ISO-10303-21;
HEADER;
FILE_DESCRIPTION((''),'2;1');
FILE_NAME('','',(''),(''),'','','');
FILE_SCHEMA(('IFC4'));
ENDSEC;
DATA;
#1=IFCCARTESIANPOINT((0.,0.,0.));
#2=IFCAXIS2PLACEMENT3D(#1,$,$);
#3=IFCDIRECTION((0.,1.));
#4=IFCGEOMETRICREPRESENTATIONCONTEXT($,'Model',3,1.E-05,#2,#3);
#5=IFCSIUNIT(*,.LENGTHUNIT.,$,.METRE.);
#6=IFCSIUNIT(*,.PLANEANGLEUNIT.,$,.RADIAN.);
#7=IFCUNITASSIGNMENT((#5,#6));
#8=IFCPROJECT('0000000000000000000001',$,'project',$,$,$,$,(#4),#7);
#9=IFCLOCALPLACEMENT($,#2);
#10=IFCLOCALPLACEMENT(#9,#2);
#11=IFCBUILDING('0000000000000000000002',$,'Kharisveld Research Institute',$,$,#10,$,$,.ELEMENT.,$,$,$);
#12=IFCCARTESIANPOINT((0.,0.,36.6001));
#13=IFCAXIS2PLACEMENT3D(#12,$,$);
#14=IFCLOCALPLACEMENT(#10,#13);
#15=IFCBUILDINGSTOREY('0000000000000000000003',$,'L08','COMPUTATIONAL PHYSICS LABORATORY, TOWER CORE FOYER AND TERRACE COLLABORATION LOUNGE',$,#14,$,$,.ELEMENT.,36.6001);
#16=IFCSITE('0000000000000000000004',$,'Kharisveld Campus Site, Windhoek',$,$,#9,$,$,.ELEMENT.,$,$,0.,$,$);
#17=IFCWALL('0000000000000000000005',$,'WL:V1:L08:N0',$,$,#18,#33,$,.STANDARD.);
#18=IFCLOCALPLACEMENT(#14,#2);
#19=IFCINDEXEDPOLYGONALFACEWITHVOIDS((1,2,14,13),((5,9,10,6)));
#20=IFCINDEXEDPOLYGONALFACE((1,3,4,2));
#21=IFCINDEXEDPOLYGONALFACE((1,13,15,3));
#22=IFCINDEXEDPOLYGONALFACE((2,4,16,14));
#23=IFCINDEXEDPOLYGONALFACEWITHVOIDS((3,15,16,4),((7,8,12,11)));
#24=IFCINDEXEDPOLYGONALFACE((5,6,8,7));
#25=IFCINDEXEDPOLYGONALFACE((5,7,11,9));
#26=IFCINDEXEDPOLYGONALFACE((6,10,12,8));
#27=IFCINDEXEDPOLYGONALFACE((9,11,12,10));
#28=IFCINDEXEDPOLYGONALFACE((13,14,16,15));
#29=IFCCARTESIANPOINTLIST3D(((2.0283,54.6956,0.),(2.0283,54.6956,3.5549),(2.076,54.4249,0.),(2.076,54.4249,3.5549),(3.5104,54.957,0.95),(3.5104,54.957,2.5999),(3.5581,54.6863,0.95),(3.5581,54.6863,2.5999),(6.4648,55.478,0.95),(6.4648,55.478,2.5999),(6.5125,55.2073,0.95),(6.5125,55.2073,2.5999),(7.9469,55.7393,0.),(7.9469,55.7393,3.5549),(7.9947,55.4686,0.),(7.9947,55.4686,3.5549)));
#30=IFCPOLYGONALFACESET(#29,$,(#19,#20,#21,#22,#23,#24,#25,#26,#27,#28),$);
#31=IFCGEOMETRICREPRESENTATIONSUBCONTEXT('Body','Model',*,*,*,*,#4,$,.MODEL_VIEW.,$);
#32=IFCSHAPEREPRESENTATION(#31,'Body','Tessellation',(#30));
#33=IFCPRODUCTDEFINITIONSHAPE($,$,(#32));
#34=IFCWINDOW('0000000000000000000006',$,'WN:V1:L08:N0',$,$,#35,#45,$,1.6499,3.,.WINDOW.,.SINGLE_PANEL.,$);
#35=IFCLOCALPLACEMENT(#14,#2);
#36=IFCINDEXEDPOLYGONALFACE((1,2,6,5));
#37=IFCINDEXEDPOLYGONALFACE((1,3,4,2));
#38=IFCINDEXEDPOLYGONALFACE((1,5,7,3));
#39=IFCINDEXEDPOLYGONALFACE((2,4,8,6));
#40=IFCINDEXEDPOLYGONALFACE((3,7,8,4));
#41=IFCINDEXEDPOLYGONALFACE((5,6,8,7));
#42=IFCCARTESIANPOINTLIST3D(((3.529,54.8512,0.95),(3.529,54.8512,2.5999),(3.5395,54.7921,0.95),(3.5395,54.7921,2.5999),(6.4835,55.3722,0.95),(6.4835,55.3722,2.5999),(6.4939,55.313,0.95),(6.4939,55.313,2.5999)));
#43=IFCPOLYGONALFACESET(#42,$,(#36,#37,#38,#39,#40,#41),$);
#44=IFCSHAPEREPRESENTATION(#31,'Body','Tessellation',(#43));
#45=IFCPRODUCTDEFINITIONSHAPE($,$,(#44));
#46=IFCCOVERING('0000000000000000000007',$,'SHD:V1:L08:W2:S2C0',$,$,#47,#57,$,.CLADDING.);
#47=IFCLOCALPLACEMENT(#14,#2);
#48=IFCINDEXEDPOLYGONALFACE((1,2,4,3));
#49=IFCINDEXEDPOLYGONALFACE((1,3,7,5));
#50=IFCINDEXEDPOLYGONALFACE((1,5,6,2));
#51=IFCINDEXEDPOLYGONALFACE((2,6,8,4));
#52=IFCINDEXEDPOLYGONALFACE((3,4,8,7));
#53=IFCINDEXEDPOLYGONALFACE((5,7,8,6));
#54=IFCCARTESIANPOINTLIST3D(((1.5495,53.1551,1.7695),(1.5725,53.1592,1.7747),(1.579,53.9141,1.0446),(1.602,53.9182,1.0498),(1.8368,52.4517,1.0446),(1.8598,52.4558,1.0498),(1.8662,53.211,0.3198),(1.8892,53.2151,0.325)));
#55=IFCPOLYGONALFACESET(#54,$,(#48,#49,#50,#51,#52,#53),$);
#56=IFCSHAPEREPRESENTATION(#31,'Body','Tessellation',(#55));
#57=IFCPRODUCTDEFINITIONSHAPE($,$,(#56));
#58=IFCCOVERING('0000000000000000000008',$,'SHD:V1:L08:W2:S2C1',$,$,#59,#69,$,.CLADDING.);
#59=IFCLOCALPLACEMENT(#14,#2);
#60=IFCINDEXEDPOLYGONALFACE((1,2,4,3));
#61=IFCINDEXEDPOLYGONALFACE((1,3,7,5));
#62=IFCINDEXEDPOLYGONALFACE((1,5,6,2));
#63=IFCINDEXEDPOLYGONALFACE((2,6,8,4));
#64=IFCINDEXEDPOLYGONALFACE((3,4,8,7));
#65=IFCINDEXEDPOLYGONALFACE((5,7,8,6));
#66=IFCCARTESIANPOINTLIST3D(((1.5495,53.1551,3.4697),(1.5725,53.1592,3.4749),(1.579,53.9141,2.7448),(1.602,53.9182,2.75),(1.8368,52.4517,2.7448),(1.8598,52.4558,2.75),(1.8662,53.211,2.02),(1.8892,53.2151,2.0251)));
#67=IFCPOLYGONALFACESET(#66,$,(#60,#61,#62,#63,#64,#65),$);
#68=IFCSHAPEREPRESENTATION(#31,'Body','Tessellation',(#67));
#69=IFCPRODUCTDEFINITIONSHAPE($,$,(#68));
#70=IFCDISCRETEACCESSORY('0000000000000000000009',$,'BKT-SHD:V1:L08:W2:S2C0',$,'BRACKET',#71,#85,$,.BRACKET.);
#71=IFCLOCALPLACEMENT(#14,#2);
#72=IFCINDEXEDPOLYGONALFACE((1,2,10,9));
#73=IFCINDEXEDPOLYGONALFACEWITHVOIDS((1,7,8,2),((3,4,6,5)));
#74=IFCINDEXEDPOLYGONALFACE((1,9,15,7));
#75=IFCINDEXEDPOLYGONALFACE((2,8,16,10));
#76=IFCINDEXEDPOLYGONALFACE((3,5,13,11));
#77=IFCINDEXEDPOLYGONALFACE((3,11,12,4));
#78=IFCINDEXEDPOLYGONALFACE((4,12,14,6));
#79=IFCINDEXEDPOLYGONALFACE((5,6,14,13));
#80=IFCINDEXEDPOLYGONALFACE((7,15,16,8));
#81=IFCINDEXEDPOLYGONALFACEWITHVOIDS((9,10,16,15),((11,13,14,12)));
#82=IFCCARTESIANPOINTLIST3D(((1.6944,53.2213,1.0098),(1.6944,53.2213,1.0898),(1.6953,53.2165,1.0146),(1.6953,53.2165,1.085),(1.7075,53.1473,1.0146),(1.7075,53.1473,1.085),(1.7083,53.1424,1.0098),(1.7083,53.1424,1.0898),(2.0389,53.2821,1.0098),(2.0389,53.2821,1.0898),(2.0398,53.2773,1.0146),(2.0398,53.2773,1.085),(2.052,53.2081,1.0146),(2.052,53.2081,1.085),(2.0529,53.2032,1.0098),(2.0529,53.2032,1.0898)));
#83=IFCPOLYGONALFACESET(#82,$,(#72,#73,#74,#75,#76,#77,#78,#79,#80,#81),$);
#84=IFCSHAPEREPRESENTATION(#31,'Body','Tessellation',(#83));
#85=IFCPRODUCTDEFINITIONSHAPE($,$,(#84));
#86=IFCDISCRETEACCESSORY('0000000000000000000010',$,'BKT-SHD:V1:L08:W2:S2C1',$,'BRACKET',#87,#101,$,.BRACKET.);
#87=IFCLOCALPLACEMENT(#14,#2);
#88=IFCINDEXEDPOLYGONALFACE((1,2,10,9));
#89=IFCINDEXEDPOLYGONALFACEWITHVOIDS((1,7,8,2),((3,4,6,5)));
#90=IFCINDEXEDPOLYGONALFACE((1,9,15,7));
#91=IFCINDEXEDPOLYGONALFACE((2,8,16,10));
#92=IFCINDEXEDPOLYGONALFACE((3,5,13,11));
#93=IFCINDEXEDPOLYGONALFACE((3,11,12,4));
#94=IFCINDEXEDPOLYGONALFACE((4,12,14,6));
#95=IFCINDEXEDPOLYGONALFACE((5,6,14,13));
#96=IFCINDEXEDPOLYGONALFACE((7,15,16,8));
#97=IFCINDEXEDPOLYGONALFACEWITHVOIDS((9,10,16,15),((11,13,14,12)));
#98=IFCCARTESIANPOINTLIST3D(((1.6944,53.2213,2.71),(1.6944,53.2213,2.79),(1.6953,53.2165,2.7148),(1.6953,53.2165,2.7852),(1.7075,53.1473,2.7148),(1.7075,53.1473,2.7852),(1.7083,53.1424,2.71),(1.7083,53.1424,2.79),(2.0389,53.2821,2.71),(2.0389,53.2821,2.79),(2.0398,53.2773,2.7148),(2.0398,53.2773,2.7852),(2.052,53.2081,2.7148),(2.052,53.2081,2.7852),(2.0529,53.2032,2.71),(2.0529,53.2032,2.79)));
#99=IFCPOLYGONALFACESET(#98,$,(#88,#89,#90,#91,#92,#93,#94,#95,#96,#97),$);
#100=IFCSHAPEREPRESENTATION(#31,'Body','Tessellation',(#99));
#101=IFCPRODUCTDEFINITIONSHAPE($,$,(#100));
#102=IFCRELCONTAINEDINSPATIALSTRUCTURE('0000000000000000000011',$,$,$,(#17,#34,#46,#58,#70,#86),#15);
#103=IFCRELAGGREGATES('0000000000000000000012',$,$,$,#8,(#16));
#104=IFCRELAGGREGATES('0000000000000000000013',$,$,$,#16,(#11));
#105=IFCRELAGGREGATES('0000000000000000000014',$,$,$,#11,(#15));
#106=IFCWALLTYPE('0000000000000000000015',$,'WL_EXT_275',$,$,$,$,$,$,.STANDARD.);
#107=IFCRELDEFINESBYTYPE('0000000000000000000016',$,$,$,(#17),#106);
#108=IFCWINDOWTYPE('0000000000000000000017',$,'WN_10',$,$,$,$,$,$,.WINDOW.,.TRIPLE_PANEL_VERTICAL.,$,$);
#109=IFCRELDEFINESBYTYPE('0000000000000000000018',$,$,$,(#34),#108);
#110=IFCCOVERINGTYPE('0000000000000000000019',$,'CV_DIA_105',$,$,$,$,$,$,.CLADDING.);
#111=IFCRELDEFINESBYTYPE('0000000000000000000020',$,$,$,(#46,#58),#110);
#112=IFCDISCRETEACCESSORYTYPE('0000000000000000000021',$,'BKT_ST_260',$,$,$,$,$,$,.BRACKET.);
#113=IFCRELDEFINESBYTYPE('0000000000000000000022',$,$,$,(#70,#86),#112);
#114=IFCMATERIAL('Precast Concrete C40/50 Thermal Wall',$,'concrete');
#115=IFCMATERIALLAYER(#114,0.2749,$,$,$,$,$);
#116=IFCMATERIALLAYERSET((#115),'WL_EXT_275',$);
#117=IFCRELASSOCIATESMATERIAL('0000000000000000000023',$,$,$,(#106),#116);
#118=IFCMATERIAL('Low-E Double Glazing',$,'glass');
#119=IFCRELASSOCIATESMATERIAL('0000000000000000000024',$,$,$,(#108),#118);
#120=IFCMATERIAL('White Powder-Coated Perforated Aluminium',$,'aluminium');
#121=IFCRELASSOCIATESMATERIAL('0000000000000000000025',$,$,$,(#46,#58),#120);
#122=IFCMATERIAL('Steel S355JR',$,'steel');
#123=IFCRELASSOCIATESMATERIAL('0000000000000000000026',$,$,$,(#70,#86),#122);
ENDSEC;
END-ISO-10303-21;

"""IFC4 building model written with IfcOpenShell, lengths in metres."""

from ifc_helpers import new_model, si_unit, direction, frame, frame_2d, origin, origin_2d, place, context, subcontext, project, spatial, polyline, rectangle, hollow_rectangle, outline, extrude, material, layer, layer_set, type_object, element, fill, save


model = new_model("IFC4")

# Units and contexts
model_context = context("Model", 3, precision=1e-05, world=origin(), true_north=direction((0.0, 1.0)))
body_context = subcontext(model_context, "Body", "Model", "MODEL_VIEW")
ifc_project = project(units=[si_unit("LENGTHUNIT", "METRE"), si_unit("PLANEANGLEUNIT", "RADIAN")], contexts=[model_context])

# Site, building, storey
site_placement = place(None, origin())
site = spatial("IfcSite", under=ifc_project, at=site_placement, Name="Kharisveld Campus Site, Windhoek", CompositionType="ELEMENT", RefElevation=0.0)
building_placement = place(site_placement, origin())
building = spatial("IfcBuilding", under=site, at=building_placement, Name="Kharisveld Research Institute", CompositionType="ELEMENT")
storey_placement = place(building_placement, frame((0.0, 0.0, 36.6001)))
storey = spatial("IfcBuildingStorey", under=building, at=storey_placement, Name="L08", Description="COMPUTATIONAL PHYSICS LABORATORY, TOWER CORE FOYER AND TERRACE COLLABORATION LOUNGE", CompositionType="ELEMENT", Elevation=36.6001)

# Wall, opening, window
ifc_material_1 = material(Name="Precast Concrete C40/50 Thermal Wall", Category="concrete")
ifc_layer_1 = layer(ifc_material_1, 0.2749)
ifc_layer_set_1 = layer_set([ifc_layer_1], Name="WL_EXT_275")
wall_type = type_object("IfcWallType", Name="WL_EXT_275", PredefinedType="STANDARD", material=ifc_layer_set_1)
wall_placement = place(storey_placement, frame((2.0522, 54.5603, 0.0), z_axis=(0.0, 0.0, 1.0), x_axis=(0.984806, 0.17366, 0.0)))
wall = element("IfcWall", 1, at=wall_placement, inside=storey, type_object=wall_type, Name="WL:V1:L08:N0", PredefinedType="STANDARD", context=body_context, shape_type="SweptSolid", body=[
    extrude(rectangle(XDim=6.01, YDim=0.2749, at=frame_2d((3.0049, 0.0))), origin(), (0.0, 0.0, 1.0), 3.5549),
])
opening_placement = place(wall_placement, frame((1.5049, 0.0, 0.95)))
opening = element("IfcOpeningElement", 2, at=opening_placement, cuts=wall, PredefinedType="OPENING", context=body_context, shape_type="SweptSolid", body=[
    extrude(rectangle(XDim=3.0, YDim=1.6499, at=frame_2d((1.5, 0.825))), frame((0.0, 0.1375, 0.0), z_axis=(0.0, -1.0, 0.0), x_axis=(1.0, 0.0, 0.0)), (0.0, 0.0, 1.0), 0.2749),
])
ifc_material_2 = material(Name="Low-E Double Glazing", Category="glass")
window_type = type_object("IfcWindowType", Name="WN_10", PartitioningType="TRIPLE_PANEL_VERTICAL", PredefinedType="WINDOW", material=ifc_material_2)
window_placement = place(opening_placement, origin())
window = element("IfcWindow", 3, at=window_placement, inside=storey, type_object=window_type, Name="WN:V1:L08:N0", OverallHeight=1.6499, OverallWidth=3.0, PartitioningType="SINGLE_PANEL", PredefinedType="WINDOW", context=body_context, shape_type="SweptSolid", body=[
    extrude(rectangle(XDim=3.0, YDim=1.6499, at=frame_2d((1.5, 0.825))), frame((0.0, 0.03, 0.0), z_axis=(0.0, -1.0, 0.0), x_axis=(1.0, 0.0, 0.0)), (0.0, 0.0, 1.0), 0.0601),
])
fill(opening, window)

# Coverings
ifc_material_3 = material(Name="White Powder-Coated Perforated Aluminium", Category="aluminium")
covering_type = type_object("IfcCoveringType", Name="CV_DIA_105", PredefinedType="CLADDING")
for number, where, z_axis, x_axis, name in (
    (4, (1.8892, 53.2151, 0.325), (0.961447, 0.169497, 0.21654), (-0.27356, 0.66971, 0.690402), "SHD:V1:L08:W2:S2C0"),
    (5, (1.8892, 53.2151, 2.0251), (0.961447, 0.169497, 0.21654), (-0.27356, 0.66971, 0.690402), "SHD:V1:L08:W2:S2C1"),
):
    element("IfcCovering", number, at=place(storey_placement, frame(where, z_axis=z_axis, x_axis=x_axis)), inside=storey, type_object=covering_type, material=ifc_material_3, Name=name, PredefinedType="CLADDING", context=body_context, shape_type="SweptSolid", body=[
        extrude(outline(polyline([(0.0, 0.0), (1.0499, 0.0), (1.0501, 1.05), (0.0, 1.0501), (0.0, 0.0)])), origin(), (0.0, 0.0, -1.0), 0.0239),
    ])

# Discrete accessories
ifc_material_4 = material(Name="Steel S355JR", Category="steel")
discrete_accessory_type = type_object("IfcDiscreteAccessoryType", Name="BKT_ST_260", PredefinedType="BRACKET")
for number, where, z_axis, x_axis, name in (
    (6, (2.0459, 53.2427, 1.0498), (-0.984784, -0.173785, 0.0), (0.173785, -0.984784, 0.0), "BKT-SHD:V1:L08:W2:S2C0"),
    (7, (2.0459, 53.2427, 2.75), (-0.984784, -0.173785, 0.0), (0.173785, -0.984784, 0.0), "BKT-SHD:V1:L08:W2:S2C1"),
):
    element("IfcDiscreteAccessory", number, at=place(storey_placement, frame(where, z_axis=z_axis, x_axis=x_axis)), inside=storey, type_object=discrete_accessory_type, material=ifc_material_4, Name=name, ObjectType="BRACKET", PredefinedType="BRACKET", context=body_context, shape_type="SweptSolid", body=[
        extrude(hollow_rectangle(XDim=0.0801, YDim=0.0801, WallThickness=0.0049, at=origin_2d()), origin(), (0.0, 0.0, 1.0), 0.3499),
    ])

save(model, "model.ifc")
